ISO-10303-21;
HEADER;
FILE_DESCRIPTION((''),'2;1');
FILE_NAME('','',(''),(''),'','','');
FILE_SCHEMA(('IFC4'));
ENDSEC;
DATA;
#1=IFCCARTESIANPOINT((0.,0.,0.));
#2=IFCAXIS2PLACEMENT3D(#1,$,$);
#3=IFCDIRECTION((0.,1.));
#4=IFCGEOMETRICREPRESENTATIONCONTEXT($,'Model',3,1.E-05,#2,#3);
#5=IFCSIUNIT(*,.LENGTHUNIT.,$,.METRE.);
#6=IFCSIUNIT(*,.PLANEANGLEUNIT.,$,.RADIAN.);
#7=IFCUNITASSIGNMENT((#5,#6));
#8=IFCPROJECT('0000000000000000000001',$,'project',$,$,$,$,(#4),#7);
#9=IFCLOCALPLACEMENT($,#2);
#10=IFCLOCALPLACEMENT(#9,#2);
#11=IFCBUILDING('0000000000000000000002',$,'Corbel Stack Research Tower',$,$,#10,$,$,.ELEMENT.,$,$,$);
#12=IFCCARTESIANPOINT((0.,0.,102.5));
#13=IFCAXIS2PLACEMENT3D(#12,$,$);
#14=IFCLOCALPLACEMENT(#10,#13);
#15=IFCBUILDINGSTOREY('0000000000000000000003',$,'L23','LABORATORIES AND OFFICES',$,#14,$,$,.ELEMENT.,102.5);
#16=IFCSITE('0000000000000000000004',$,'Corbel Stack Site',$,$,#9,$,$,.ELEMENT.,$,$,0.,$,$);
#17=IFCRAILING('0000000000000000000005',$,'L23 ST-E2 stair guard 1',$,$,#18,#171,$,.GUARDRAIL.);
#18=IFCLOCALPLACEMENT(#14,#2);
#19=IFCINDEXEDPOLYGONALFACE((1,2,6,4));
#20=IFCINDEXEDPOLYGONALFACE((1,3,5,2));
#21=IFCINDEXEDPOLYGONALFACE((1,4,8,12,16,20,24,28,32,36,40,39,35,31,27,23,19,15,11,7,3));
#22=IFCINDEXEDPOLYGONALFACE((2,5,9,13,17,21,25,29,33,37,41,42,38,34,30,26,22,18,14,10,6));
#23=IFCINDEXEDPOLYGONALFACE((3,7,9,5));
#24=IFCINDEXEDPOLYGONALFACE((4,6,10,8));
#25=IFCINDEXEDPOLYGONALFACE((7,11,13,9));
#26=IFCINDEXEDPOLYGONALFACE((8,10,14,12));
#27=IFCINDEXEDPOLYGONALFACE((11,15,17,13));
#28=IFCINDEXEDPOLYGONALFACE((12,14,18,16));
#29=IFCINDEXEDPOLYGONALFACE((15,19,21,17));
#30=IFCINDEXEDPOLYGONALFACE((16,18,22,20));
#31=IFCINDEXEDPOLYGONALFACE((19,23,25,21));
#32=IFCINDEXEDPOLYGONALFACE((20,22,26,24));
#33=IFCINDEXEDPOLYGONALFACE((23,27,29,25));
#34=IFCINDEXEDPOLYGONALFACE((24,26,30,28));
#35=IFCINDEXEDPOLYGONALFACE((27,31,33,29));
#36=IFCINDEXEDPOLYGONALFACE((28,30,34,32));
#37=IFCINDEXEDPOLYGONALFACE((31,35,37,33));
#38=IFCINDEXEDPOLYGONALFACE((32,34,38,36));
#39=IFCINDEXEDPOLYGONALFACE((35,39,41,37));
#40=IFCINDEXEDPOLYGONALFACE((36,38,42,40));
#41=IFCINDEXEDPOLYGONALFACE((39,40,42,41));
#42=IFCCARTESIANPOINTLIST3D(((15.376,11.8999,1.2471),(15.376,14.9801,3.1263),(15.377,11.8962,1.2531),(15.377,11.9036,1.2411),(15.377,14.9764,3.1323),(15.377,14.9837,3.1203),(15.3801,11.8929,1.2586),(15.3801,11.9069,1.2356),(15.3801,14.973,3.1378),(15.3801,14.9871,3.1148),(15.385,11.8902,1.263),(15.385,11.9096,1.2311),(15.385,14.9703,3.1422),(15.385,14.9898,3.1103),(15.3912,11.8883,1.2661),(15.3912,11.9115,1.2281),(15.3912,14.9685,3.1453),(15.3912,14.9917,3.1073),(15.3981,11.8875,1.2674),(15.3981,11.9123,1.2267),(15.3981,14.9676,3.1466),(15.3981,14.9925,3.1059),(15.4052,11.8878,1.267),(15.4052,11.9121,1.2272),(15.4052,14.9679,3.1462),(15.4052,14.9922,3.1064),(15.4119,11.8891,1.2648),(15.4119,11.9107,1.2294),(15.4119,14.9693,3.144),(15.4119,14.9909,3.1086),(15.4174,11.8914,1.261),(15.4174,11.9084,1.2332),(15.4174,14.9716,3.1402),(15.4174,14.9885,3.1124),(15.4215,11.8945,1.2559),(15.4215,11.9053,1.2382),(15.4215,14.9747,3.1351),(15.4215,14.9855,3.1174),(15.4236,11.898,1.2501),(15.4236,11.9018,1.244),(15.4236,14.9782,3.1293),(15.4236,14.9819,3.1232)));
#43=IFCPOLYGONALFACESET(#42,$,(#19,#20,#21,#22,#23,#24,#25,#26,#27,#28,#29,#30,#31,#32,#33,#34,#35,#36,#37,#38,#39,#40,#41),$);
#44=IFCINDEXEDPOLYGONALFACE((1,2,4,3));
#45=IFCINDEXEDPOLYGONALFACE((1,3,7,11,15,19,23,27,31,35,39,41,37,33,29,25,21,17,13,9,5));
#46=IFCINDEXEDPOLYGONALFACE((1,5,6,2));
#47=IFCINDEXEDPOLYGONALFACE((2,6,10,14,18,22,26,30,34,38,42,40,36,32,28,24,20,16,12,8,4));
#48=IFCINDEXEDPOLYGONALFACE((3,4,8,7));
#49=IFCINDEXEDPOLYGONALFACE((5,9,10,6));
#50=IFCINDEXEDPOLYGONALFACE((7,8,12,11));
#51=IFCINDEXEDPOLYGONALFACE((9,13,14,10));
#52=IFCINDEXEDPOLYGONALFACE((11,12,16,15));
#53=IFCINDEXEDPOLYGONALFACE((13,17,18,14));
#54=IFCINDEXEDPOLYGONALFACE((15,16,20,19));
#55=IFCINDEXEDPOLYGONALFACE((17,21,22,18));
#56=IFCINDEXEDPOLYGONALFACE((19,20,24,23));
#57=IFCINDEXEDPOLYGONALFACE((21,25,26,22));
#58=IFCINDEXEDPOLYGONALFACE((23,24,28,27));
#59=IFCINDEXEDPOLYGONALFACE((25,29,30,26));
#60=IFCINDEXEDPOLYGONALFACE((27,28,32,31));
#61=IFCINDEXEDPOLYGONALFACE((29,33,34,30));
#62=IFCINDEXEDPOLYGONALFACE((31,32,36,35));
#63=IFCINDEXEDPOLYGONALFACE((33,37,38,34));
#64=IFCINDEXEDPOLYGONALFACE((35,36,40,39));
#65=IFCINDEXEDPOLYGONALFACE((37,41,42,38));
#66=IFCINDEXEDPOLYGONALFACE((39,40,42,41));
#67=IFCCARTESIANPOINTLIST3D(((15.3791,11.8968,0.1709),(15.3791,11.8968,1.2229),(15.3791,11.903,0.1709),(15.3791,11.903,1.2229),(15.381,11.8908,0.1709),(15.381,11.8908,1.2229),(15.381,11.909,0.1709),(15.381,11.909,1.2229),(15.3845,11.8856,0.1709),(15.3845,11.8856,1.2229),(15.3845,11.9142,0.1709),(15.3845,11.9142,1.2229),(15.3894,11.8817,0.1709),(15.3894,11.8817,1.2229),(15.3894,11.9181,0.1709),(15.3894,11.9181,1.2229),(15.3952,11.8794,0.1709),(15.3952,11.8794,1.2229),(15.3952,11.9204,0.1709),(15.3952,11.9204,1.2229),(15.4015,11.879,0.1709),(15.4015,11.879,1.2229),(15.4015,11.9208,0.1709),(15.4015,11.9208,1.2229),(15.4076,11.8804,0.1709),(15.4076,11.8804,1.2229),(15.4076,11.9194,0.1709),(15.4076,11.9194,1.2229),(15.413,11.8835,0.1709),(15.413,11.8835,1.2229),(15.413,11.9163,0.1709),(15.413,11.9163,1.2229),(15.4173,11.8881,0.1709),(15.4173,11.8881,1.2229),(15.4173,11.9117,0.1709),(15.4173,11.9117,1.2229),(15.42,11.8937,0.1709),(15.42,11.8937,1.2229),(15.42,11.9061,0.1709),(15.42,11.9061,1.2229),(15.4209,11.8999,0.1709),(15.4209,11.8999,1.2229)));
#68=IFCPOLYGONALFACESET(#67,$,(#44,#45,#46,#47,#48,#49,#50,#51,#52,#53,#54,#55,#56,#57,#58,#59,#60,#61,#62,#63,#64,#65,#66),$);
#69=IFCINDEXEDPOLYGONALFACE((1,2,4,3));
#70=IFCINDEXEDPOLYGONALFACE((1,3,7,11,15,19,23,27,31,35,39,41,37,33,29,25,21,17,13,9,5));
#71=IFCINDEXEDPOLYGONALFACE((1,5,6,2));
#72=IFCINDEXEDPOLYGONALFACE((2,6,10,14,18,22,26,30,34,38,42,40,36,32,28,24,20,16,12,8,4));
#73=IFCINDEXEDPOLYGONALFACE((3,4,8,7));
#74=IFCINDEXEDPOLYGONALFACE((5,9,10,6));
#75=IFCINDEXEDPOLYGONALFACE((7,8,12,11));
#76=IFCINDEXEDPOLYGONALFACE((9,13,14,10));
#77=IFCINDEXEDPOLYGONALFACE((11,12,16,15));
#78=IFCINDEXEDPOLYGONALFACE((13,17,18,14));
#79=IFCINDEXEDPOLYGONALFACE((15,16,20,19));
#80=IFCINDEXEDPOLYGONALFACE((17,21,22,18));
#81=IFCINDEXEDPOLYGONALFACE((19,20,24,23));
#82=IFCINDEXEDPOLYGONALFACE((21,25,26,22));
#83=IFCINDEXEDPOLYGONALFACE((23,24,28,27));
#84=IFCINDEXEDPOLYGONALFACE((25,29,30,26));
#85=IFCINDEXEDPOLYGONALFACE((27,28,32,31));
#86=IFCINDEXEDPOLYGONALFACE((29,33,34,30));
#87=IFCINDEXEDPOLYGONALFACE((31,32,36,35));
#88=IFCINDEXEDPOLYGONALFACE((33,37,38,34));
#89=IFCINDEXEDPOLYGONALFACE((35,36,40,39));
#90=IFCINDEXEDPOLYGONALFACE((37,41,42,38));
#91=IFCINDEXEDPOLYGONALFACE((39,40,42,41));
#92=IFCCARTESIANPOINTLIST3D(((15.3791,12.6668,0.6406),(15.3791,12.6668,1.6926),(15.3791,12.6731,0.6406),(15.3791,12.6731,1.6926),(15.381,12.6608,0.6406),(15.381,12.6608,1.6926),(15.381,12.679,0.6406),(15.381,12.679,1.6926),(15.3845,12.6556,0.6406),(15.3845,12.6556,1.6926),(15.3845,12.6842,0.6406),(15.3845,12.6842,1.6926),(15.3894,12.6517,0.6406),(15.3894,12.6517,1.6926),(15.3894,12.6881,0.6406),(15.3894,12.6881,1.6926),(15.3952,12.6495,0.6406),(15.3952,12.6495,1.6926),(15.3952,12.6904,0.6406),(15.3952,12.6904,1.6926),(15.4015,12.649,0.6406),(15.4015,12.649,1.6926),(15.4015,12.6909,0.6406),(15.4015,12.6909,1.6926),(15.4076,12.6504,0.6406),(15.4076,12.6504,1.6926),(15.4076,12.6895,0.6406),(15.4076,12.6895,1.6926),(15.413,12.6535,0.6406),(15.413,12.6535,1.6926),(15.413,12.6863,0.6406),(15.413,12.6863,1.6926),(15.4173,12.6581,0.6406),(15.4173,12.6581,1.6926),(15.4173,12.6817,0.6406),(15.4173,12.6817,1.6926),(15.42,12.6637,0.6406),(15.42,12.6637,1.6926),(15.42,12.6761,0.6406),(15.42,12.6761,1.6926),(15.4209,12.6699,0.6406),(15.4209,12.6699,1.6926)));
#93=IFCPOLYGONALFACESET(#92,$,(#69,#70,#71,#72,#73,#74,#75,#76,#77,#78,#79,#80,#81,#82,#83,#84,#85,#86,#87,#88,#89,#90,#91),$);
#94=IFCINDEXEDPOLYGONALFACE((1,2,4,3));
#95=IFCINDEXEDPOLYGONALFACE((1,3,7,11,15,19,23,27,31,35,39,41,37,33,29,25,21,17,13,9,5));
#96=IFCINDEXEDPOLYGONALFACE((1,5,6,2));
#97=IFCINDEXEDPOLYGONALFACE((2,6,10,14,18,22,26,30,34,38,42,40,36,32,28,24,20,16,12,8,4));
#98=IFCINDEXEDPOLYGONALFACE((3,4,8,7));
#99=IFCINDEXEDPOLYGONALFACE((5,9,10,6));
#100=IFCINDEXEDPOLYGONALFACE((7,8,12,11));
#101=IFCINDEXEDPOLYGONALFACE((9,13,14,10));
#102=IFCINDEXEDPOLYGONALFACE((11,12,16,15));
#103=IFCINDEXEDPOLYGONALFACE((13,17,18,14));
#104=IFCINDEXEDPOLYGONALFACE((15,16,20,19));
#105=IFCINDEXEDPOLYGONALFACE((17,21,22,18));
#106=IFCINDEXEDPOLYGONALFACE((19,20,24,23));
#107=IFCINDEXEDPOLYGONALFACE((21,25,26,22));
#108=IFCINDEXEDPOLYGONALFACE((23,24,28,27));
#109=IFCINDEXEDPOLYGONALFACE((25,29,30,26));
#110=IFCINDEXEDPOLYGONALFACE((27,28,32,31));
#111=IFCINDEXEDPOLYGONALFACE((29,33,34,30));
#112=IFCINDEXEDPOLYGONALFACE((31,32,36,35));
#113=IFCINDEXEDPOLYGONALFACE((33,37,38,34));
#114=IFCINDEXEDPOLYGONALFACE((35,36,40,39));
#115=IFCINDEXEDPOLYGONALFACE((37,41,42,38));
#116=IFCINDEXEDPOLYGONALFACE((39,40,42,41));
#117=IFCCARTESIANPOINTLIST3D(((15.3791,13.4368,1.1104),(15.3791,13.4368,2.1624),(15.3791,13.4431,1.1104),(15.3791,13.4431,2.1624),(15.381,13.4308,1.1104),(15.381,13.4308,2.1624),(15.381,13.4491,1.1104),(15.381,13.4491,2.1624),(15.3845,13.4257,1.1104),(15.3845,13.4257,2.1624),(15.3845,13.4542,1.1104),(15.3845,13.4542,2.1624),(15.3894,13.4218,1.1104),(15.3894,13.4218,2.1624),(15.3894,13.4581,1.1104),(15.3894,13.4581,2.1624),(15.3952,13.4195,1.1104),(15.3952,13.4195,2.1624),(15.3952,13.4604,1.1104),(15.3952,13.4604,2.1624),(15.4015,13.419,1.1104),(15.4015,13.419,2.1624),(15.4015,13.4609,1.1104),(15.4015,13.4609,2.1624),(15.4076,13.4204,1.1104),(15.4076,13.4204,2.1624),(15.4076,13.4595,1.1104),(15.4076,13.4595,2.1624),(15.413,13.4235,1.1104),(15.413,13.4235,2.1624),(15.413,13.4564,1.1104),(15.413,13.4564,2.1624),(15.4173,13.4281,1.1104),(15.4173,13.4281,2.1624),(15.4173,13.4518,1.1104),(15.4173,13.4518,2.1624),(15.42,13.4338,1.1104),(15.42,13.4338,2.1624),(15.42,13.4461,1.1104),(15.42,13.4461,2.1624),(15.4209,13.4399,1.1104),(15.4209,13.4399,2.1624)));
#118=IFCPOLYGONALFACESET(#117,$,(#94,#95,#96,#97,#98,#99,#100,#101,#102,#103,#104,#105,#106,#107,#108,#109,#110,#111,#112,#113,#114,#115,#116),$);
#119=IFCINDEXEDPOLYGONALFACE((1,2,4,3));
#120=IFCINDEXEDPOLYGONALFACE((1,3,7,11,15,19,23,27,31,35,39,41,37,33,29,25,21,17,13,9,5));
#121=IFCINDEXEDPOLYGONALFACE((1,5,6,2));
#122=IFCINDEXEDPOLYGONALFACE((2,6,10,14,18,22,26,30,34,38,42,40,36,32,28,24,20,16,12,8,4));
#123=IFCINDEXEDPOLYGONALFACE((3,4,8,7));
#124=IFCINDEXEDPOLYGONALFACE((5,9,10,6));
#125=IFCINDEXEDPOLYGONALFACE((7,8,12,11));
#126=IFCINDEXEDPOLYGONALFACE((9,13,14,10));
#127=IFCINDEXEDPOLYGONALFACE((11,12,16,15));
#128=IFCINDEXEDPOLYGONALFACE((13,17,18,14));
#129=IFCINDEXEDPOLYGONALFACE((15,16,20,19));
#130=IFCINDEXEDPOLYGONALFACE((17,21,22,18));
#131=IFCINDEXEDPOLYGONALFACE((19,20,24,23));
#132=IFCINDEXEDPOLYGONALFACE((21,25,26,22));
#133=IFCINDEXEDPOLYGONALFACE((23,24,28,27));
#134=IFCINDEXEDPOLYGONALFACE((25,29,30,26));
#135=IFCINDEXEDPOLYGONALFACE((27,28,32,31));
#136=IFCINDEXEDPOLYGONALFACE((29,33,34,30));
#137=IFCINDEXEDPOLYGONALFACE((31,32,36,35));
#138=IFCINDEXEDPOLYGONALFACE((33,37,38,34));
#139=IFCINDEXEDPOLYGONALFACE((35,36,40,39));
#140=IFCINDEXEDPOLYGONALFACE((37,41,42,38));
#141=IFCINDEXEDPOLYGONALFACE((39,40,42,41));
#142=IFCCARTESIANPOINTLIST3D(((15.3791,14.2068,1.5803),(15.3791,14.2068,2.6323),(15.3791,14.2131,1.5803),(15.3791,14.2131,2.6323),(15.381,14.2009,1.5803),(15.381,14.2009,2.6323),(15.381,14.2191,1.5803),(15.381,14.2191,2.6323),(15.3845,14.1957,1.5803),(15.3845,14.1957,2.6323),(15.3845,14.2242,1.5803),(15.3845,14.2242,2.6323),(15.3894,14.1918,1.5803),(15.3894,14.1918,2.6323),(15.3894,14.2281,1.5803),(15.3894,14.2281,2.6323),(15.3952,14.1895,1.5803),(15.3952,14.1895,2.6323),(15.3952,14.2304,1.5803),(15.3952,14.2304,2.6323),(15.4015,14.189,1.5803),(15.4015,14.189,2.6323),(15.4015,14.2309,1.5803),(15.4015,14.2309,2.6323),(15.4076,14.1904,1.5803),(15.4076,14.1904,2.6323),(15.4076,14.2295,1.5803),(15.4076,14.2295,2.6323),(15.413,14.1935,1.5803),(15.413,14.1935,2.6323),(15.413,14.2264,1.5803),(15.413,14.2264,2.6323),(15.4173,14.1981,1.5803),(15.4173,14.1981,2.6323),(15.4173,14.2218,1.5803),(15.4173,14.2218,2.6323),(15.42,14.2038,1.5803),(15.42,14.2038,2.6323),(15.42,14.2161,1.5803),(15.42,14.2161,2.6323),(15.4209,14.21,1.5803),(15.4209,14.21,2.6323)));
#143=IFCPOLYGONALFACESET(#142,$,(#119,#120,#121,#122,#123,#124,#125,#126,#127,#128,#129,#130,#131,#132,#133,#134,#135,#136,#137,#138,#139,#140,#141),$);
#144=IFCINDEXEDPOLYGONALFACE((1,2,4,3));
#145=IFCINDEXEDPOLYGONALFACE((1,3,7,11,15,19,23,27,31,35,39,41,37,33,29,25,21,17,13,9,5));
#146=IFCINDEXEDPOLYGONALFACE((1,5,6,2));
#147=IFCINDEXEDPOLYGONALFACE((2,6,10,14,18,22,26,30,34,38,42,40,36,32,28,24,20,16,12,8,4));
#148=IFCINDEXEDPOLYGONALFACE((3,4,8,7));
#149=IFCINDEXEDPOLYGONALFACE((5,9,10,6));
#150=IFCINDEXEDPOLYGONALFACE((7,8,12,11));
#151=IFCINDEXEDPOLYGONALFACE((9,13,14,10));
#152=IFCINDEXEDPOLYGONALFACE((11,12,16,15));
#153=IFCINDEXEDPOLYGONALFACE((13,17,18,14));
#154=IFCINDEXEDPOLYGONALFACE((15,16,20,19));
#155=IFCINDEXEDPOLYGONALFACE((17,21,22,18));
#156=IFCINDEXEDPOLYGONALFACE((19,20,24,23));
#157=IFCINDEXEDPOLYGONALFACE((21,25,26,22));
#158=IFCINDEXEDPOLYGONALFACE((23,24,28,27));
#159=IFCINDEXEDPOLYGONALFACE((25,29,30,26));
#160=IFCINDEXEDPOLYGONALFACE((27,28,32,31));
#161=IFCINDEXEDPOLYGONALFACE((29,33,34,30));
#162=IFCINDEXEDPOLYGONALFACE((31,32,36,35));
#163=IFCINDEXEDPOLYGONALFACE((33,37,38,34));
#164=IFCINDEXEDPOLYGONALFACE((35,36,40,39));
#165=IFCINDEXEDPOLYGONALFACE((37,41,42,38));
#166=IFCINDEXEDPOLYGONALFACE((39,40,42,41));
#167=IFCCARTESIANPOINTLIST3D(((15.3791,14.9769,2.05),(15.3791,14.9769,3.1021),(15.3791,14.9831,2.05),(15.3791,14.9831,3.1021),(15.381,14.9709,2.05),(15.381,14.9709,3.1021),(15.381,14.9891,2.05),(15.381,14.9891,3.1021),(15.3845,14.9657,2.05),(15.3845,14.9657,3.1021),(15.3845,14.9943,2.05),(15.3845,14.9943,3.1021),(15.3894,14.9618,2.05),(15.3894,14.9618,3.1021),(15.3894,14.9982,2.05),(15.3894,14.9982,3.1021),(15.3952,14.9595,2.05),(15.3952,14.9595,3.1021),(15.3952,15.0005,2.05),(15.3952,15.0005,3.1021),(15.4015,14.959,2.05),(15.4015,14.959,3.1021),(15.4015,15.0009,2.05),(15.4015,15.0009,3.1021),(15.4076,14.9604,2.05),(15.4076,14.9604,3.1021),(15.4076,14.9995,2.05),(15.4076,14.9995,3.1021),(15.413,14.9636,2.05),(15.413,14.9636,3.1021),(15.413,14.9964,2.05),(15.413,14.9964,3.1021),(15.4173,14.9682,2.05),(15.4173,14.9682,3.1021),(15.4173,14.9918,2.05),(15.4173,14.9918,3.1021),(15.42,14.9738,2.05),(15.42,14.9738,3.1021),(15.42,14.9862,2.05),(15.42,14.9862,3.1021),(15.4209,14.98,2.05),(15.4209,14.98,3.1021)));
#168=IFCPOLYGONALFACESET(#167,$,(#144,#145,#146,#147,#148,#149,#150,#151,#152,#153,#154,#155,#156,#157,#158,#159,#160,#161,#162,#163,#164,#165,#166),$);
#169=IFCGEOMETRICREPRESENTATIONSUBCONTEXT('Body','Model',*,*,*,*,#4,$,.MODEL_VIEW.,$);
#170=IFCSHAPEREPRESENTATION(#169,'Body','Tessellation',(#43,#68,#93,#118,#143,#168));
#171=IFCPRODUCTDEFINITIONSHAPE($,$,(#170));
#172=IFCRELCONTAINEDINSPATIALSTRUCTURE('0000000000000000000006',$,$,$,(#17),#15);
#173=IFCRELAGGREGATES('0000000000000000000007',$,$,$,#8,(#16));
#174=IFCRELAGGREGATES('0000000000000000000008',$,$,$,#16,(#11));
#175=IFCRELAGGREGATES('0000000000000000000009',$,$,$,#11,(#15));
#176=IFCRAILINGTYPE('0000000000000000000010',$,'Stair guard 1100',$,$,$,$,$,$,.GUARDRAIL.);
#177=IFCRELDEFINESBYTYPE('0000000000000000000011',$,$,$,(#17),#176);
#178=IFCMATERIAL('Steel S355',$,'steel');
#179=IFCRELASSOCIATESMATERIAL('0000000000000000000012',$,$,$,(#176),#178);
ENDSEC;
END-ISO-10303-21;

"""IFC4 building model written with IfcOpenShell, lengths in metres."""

from ifc_helpers import new_model, si_unit, direction, frame, origin, origin_2d, place, context, subcontext, project, spatial, circle, extrude, material, type_object, element, save


model = new_model("IFC4")

# Units and contexts
model_context = context("Model", 3, precision=1e-05, world=origin(), true_north=direction((0.0, 1.0)))
body_context = subcontext(model_context, "Body", "Model", "MODEL_VIEW")
ifc_project = project(units=[si_unit("LENGTHUNIT", "METRE"), si_unit("PLANEANGLEUNIT", "RADIAN")], contexts=[model_context])

# Site, building, storey
site_placement = place(None, origin())
site = spatial("IfcSite", under=ifc_project, at=site_placement, Name="Corbel Stack Site", CompositionType="ELEMENT", RefElevation=0.0)
building_placement = place(site_placement, origin())
building = spatial("IfcBuilding", under=site, at=building_placement, Name="Corbel Stack Research Tower", CompositionType="ELEMENT")
storey_placement = place(building_placement, frame((0.0, 0.0, 102.5)))
storey = spatial("IfcBuildingStorey", under=building, at=storey_placement, Name="L23", Description="LABORATORIES AND OFFICES", CompositionType="ELEMENT", Elevation=102.5)

# Railing
ifc_material_1 = material(Name="Steel S355", Category="steel")
railing_type_1 = type_object("IfcRailingType", Name="Stair guard 1100", PredefinedType="GUARDRAIL", material=ifc_material_1)
railing_1_placement = place(storey_placement, frame((15.3999, 11.8999, 0.1709)))
element("IfcRailing", 1, at=railing_1_placement, inside=storey, type_object=railing_type_1, Name="L23 ST-E2 stair guard 1", PredefinedType="GUARDRAIL", context=body_context, shape_type="SweptSolid", body=[
    extrude(circle(Radius=0.0239, at=origin_2d()), frame((0.0, 0.0, 1.0762), z_axis=(0.0, 0.853666, 0.52082), x_axis=(-1.0, 0.0, 0.0)), (0.0, 0.0, 1.0), 3.6082),
    extrude(circle(Radius=0.021, at=origin_2d()), origin(), (0.0, 0.0, 1.0), 1.052),
    extrude(circle(Radius=0.021, at=origin_2d()), frame((0.0, 0.77, 0.4697)), (0.0, 0.0, 1.0), 1.052),
    extrude(circle(Radius=0.021, at=origin_2d()), frame((0.0, 1.54, 0.9395)), (0.0, 0.0, 1.0), 1.052),
    extrude(circle(Radius=0.021, at=origin_2d()), frame((0.0, 2.3101, 1.4094)), (0.0, 0.0, 1.0), 1.052),
    extrude(circle(Radius=0.021, at=origin_2d()), frame((0.0, 3.0801, 1.8792)), (0.0, 0.0, 1.0), 1.052),
])

save(model, "model.ifc")
